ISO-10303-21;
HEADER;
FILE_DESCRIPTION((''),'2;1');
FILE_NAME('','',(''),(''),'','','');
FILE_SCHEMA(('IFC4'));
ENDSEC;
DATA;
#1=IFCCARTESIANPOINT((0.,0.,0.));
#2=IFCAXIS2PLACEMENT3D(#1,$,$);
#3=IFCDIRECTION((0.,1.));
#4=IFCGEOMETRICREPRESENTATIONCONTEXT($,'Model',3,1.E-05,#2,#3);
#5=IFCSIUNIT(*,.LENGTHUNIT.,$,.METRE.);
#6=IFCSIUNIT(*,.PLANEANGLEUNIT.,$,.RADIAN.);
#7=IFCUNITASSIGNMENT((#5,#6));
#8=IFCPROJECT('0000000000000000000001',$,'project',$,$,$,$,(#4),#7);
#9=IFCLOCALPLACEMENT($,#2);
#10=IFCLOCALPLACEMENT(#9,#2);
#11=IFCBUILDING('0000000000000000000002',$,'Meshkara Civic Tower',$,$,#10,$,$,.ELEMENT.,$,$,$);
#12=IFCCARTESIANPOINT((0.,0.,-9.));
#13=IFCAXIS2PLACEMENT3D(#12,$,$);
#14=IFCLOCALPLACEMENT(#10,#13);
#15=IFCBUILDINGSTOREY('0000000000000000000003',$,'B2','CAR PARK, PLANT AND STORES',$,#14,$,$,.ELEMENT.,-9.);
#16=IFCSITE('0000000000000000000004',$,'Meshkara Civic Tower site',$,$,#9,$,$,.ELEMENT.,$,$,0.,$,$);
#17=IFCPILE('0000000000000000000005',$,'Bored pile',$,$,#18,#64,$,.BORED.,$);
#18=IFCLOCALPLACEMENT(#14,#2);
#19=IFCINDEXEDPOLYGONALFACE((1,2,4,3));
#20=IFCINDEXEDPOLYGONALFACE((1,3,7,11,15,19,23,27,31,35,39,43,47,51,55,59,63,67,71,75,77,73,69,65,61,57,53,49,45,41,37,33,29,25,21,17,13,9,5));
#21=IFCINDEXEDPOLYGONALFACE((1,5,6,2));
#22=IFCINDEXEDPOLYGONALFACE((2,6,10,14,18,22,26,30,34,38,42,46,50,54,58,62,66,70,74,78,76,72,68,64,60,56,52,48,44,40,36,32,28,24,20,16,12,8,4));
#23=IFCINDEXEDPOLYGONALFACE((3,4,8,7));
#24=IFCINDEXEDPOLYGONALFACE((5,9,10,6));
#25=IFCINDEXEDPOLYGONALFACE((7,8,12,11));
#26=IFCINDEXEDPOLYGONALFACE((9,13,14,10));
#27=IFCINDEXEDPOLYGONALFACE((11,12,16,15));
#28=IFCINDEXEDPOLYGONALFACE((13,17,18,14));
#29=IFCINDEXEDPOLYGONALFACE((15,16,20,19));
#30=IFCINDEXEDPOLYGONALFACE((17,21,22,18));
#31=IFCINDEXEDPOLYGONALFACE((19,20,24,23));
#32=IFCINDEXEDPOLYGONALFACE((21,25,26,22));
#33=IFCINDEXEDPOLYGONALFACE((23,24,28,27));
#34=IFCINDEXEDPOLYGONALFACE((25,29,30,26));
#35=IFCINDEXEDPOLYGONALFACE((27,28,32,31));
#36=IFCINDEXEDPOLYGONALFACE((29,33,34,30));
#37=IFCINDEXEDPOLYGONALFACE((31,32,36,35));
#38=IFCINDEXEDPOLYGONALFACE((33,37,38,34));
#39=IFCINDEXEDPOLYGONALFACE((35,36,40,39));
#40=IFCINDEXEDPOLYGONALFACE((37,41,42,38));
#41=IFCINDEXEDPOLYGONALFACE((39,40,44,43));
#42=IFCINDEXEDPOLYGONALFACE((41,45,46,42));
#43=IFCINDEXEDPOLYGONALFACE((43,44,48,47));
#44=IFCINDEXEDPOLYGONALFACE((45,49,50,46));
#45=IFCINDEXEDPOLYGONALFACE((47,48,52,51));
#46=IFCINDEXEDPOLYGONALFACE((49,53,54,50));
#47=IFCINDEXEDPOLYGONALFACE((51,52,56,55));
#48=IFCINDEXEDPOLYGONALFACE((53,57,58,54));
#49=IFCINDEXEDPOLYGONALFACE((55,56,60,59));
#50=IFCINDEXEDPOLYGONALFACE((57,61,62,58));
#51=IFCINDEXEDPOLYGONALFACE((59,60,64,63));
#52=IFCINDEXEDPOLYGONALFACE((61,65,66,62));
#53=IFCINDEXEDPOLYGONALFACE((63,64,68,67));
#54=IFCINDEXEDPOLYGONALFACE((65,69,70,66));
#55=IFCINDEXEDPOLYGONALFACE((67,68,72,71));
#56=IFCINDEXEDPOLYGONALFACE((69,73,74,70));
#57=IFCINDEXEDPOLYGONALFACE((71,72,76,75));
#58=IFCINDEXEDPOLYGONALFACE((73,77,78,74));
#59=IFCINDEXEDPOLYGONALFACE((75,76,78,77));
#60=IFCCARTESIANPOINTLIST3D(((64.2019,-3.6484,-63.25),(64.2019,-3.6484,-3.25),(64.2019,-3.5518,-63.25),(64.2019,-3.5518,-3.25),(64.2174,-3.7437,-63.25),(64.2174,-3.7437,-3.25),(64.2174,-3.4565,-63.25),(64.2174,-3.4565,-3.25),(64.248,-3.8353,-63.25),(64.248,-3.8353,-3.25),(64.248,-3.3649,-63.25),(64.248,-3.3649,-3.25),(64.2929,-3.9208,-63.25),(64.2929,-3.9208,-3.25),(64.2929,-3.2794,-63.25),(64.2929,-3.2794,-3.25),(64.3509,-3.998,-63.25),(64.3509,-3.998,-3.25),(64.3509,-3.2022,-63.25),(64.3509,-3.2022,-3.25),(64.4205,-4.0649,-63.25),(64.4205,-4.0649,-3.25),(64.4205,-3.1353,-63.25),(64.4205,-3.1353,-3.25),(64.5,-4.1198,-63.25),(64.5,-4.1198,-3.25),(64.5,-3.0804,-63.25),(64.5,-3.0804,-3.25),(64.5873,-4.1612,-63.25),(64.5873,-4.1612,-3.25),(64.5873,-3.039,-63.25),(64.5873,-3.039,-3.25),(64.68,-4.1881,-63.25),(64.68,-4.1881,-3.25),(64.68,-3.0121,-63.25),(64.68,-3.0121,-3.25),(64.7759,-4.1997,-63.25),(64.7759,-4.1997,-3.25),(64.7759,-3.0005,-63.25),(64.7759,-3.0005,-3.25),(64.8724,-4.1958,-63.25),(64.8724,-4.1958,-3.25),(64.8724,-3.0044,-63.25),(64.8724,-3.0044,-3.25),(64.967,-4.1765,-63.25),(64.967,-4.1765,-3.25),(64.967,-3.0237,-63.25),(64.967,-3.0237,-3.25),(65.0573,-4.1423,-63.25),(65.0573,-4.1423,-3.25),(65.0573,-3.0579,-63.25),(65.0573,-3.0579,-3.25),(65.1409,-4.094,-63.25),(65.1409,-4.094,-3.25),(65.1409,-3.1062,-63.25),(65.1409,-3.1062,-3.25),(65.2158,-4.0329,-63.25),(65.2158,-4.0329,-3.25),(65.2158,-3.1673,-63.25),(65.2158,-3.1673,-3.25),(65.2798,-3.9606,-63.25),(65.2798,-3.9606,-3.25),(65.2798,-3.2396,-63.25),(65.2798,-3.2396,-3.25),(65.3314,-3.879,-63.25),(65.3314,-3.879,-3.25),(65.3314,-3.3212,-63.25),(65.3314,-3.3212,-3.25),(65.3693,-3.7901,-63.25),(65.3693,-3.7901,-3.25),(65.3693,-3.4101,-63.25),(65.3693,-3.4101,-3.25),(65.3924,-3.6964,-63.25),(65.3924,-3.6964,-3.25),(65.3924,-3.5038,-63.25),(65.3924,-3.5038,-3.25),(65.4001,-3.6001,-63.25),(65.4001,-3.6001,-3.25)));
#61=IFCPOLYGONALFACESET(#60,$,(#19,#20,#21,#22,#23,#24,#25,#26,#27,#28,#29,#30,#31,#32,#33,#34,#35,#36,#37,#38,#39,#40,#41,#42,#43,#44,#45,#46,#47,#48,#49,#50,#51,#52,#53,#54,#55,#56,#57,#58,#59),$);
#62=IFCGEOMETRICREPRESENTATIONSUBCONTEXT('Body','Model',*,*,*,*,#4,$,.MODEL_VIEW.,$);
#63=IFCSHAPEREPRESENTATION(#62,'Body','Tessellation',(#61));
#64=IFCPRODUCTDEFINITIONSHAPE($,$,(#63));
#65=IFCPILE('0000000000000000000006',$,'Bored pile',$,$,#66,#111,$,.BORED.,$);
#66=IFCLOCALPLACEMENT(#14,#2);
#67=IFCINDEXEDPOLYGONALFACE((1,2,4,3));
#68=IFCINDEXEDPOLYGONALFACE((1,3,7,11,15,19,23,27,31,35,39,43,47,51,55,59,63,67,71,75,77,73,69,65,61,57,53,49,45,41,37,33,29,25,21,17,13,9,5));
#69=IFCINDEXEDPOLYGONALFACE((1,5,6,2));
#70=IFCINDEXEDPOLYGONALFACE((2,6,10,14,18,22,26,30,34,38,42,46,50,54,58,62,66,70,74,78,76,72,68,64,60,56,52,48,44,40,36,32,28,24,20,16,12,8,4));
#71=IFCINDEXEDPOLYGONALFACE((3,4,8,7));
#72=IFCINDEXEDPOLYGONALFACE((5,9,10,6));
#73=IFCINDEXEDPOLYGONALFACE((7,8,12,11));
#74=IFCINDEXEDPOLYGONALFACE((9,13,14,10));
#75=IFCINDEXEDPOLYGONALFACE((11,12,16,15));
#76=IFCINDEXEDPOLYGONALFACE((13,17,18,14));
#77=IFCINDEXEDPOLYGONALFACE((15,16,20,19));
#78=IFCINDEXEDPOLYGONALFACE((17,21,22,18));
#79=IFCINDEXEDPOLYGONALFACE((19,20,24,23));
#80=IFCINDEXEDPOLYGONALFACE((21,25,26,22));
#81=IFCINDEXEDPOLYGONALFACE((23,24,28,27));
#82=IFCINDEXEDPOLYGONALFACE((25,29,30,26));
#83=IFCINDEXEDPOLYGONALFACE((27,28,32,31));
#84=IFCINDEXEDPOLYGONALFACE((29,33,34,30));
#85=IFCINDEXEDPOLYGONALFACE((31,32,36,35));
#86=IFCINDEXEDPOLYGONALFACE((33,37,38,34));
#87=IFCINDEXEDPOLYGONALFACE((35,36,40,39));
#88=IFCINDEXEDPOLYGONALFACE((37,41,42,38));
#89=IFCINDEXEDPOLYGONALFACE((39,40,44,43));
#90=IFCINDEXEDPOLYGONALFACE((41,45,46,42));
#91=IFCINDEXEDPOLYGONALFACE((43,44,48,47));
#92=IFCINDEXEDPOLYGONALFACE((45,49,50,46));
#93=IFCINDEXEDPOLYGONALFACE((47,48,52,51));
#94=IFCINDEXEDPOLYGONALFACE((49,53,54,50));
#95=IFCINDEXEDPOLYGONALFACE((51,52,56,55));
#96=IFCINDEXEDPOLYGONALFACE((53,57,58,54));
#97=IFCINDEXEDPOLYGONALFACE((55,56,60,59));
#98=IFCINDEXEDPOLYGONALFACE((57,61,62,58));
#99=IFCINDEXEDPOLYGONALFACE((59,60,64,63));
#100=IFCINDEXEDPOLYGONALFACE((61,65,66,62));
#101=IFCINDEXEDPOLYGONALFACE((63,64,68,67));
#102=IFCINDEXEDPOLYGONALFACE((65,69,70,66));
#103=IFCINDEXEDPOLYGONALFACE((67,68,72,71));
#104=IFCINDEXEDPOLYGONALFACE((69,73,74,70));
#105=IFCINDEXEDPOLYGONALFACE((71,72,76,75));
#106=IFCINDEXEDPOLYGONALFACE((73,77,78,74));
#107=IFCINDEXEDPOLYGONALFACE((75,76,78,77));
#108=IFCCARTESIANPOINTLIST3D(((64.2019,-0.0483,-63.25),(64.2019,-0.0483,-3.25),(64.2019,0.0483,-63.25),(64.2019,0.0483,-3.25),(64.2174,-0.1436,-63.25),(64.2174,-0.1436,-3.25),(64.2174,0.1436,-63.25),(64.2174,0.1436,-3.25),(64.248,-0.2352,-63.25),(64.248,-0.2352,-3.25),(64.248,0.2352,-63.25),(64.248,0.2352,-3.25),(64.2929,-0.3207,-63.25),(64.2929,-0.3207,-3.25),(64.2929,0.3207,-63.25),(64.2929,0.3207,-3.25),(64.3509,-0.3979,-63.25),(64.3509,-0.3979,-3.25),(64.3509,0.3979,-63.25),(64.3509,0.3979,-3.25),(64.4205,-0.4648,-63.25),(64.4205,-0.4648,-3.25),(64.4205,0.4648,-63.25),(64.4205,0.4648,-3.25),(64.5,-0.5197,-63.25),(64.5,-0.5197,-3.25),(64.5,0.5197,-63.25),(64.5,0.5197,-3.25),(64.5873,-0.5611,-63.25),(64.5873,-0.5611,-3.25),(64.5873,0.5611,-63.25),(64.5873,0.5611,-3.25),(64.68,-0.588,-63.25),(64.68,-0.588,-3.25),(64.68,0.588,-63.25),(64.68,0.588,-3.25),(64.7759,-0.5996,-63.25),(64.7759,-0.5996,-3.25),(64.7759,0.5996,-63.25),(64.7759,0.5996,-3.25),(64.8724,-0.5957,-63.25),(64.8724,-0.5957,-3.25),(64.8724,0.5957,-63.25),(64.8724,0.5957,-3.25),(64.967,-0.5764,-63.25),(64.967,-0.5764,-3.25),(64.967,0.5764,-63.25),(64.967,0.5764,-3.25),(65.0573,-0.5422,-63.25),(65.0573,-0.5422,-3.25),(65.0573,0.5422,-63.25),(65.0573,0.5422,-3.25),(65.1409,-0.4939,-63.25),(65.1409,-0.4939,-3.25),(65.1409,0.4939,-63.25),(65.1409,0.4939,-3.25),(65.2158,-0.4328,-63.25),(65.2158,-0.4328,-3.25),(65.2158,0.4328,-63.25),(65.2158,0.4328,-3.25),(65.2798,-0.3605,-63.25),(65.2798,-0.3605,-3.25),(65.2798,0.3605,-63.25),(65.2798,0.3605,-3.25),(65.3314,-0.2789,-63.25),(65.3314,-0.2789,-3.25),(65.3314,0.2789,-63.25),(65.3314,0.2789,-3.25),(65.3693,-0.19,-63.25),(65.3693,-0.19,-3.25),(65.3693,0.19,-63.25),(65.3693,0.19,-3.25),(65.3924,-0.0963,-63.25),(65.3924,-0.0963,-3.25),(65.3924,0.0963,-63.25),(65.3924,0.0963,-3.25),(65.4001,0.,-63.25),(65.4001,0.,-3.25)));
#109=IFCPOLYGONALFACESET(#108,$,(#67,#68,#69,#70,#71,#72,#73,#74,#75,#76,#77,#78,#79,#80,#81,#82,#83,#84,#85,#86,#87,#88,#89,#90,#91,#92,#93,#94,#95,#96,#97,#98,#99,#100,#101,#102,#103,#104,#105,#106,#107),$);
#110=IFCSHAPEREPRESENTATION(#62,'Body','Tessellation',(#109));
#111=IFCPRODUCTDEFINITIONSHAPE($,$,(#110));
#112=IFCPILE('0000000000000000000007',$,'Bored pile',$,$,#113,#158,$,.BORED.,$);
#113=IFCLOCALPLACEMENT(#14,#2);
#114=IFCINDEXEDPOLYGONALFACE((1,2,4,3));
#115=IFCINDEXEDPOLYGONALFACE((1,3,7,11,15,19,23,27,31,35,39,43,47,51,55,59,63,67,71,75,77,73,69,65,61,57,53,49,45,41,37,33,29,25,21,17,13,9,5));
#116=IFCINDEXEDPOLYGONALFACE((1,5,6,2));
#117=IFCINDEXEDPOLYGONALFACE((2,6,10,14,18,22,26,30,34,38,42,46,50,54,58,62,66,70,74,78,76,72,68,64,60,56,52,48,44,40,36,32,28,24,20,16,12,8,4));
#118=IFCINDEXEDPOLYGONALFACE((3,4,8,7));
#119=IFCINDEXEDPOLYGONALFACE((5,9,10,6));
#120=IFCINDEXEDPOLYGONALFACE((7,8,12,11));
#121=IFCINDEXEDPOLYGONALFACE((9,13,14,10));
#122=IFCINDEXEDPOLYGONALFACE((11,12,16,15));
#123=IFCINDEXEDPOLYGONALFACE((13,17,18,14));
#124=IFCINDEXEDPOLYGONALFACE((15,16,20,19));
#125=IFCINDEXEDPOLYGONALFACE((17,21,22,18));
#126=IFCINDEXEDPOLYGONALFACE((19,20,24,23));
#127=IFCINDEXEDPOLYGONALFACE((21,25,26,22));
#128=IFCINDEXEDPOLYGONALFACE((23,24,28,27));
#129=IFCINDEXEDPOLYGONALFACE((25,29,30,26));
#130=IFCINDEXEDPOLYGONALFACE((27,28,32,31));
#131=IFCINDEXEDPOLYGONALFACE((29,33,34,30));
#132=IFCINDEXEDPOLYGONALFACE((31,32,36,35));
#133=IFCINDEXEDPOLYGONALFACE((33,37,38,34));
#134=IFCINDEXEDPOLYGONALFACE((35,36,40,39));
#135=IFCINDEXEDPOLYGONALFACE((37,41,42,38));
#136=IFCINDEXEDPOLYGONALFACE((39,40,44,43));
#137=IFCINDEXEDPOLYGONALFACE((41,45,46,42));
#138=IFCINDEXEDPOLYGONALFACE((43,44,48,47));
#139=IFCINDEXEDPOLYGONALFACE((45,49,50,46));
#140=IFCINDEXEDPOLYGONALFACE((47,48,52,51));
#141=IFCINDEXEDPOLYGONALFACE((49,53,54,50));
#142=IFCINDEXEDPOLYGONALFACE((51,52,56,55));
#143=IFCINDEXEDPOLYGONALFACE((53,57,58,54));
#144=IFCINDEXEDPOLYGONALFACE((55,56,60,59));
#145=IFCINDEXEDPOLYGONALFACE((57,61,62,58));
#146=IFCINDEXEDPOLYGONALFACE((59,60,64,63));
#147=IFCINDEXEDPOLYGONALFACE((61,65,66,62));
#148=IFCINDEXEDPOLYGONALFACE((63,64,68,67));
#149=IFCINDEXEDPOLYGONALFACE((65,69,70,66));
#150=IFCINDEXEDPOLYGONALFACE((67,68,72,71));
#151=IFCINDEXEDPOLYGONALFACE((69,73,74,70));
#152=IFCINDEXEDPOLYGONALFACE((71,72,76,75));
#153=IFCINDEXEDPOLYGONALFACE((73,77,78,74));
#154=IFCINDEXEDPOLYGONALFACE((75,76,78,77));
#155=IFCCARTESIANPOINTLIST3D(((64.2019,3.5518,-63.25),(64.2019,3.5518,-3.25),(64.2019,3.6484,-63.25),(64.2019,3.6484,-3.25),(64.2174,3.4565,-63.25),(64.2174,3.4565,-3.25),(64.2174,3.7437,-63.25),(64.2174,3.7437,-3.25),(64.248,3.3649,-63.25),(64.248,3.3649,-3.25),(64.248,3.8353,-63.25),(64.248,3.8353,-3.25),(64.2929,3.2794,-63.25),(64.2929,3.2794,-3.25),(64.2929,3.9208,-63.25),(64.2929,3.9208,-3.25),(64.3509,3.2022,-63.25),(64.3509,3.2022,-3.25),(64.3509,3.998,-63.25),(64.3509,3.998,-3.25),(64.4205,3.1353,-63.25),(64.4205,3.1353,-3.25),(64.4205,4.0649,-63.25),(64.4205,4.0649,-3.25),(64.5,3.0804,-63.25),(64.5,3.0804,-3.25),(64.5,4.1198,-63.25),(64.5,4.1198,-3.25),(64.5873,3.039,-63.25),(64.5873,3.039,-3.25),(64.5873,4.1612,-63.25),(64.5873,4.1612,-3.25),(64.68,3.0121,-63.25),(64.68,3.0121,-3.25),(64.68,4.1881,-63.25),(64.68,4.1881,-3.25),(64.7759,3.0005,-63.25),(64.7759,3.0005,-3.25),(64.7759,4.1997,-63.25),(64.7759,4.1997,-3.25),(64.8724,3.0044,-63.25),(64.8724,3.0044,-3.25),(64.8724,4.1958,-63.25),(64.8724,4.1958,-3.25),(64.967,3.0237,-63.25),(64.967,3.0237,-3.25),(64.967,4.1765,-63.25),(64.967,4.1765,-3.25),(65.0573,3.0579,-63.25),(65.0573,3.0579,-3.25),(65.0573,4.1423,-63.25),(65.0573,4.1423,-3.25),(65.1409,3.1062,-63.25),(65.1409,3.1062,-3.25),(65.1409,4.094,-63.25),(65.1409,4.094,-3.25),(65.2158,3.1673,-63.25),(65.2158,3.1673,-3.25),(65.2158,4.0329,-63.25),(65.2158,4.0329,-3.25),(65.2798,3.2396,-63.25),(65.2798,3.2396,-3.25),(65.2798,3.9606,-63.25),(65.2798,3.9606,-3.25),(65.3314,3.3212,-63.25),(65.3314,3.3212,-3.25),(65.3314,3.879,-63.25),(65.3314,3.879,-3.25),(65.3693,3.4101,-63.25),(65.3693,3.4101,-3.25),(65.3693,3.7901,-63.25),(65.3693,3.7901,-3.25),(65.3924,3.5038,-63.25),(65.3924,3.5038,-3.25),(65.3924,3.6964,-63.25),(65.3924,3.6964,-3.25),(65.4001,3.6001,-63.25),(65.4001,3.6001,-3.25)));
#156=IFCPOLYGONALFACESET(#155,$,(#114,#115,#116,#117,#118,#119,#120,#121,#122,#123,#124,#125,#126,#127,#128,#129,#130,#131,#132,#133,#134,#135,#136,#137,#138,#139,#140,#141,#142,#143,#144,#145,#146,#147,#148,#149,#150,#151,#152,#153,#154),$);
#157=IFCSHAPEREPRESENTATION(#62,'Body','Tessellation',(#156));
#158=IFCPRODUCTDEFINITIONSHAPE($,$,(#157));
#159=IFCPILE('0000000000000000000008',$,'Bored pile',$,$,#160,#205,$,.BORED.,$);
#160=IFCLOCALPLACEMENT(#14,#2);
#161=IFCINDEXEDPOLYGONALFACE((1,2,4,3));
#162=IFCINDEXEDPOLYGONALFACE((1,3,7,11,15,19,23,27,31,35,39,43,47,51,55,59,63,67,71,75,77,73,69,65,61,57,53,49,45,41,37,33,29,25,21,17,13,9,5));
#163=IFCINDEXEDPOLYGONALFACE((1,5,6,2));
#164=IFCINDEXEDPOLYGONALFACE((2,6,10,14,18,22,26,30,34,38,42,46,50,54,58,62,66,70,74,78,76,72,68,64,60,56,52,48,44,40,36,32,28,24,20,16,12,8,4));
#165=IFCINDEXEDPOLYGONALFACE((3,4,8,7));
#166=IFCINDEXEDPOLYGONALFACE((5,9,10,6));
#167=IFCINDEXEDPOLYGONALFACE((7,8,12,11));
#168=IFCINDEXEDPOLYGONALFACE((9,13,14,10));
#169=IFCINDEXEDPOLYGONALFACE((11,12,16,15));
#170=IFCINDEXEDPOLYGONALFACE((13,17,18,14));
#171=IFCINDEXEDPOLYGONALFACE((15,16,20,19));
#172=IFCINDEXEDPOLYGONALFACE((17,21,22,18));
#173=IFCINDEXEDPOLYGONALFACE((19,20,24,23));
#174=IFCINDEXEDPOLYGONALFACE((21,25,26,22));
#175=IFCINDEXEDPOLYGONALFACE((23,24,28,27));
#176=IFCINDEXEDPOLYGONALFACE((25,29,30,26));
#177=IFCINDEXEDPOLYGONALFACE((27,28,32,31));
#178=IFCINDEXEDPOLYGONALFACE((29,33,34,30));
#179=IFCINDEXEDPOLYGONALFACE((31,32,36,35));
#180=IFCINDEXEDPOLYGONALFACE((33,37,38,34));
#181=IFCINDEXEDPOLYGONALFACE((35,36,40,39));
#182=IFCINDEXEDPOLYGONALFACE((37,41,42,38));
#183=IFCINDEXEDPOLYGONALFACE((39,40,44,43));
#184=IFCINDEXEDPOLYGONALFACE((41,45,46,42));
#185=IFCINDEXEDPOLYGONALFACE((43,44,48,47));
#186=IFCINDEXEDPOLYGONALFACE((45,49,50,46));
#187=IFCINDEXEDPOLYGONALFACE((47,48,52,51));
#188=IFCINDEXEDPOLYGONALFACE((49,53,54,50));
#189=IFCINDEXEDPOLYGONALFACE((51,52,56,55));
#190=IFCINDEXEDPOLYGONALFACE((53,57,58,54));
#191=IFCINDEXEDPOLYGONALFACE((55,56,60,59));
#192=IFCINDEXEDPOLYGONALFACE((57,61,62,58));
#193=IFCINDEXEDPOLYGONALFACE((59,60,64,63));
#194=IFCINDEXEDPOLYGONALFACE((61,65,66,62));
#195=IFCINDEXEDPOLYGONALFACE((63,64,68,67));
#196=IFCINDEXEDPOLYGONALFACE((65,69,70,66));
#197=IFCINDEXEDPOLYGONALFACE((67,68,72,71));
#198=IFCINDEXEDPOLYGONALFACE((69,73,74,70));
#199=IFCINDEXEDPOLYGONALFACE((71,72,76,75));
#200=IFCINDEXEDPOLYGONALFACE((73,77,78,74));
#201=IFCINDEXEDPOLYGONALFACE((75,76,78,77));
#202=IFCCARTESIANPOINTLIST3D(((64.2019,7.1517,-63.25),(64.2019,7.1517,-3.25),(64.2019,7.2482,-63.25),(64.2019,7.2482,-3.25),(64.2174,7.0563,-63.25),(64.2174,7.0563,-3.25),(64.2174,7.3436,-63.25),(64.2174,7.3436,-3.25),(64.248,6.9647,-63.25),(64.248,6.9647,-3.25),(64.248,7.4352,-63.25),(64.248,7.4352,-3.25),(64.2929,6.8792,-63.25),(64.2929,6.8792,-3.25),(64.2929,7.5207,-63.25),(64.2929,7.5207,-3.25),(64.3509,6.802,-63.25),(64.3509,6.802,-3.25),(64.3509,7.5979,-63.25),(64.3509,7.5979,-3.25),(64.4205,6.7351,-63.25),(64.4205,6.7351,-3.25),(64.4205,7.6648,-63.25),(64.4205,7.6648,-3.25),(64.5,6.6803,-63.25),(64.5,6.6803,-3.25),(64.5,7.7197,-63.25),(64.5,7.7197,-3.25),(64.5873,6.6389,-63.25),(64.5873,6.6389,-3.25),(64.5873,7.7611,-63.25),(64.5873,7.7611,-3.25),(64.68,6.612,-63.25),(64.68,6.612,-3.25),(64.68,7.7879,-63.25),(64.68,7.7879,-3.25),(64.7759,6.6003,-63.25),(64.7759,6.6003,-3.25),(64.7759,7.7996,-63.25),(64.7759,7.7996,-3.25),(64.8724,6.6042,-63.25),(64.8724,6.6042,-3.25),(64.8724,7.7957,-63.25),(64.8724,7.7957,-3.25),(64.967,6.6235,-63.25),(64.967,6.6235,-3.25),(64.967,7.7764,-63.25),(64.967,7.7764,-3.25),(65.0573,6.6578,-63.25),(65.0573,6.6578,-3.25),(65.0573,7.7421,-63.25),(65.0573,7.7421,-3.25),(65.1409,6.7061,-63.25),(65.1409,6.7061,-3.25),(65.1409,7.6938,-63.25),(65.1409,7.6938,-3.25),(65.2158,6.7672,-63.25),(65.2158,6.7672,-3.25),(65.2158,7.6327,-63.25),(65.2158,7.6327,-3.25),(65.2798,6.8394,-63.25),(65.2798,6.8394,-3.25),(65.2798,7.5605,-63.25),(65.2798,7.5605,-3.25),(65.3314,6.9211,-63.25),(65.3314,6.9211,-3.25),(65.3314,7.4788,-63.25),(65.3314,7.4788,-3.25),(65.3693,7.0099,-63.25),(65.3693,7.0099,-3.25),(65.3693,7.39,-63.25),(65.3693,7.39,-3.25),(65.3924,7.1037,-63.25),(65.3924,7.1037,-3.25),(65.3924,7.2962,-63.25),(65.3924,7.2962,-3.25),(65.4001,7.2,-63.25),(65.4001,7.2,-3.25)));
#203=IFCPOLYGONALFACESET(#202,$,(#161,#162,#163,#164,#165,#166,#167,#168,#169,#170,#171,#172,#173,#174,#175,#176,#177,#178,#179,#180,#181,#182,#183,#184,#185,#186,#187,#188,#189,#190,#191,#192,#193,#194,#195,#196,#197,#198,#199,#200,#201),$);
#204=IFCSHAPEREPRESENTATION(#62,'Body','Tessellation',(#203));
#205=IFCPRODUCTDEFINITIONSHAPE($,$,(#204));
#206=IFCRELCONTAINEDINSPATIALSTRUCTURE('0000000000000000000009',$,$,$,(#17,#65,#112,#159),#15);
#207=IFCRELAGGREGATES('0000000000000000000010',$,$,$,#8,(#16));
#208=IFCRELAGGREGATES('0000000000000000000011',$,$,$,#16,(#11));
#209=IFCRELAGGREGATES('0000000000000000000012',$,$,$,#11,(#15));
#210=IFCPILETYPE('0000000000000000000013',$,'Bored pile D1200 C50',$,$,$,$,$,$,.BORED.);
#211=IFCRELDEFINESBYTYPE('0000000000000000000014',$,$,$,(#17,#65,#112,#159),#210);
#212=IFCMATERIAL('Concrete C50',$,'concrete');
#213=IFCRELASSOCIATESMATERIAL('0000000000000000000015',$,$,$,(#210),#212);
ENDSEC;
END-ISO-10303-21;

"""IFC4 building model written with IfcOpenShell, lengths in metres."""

from ifc_helpers import new_model, si_unit, direction, frame, origin, origin_2d, place, context, subcontext, project, spatial, circle, extrude, material, material_profile, profile_set, type_object, element, save


model = new_model("IFC4")

# Units and contexts
model_context = context("Model", 3, precision=1e-05, world=origin(), true_north=direction((0.0, 1.0)))
body_context = subcontext(model_context, "Body", "Model", "MODEL_VIEW")
ifc_project = project(units=[si_unit("LENGTHUNIT", "METRE"), si_unit("PLANEANGLEUNIT", "RADIAN")], contexts=[model_context])

# Site, building, storey
site_placement = place(None, origin())
site = spatial("IfcSite", under=ifc_project, at=site_placement, Name="Meshkara Civic Tower site", CompositionType="ELEMENT", RefElevation=0.0)
building_placement = place(site_placement, origin())
building = spatial("IfcBuilding", under=site, at=building_placement, Name="Meshkara Civic Tower", CompositionType="ELEMENT")
storey_placement = place(building_placement, frame((0.0, 0.0, -9.0)))
storey = spatial("IfcBuildingStorey", under=building, at=storey_placement, Name="B2", Description="CAR PARK, PLANT AND STORES", CompositionType="ELEMENT", Elevation=-9.0)

# Piles
ifc_material_1 = material(Name="Concrete C50", Category="concrete")
ifc_material_profile_1 = material_profile(ifc_material_1, circle(Radius=0.6001, at=origin_2d()))
ifc_profile_set_1 = profile_set([ifc_material_profile_1], Name="Concrete C50")
pile_type = type_object("IfcPileType", Name="Bored pile D1200 C50", PredefinedType="BORED", material=ifc_profile_set_1)
for number, where, z_axis, x_axis, name in (
    (1, (64.8, -3.6001, -3.25), (0.0, 0.0, -1.0), (1.0, 0.0, 0.0), "Bored pile"),
    (2, (64.8, 0.0, -3.25), (0.0, 0.0, -1.0), (1.0, 0.0, 0.0), "Bored pile"),
    (3, (64.8, 3.6001, -3.25), (0.0, 0.0, -1.0), (1.0, 0.0, 0.0), "Bored pile"),
    (4, (64.8, 7.2, -3.25), (0.0, 0.0, -1.0), (1.0, 0.0, 0.0), "Bored pile"),
):
    element("IfcPile", number, at=place(storey_placement, frame(where, z_axis=z_axis, x_axis=x_axis)), inside=storey, type_object=pile_type, Name=name, PredefinedType="BORED", context=body_context, shape_type="SweptSolid", body=[
        extrude(circle(Radius=0.6001, at=origin_2d()), origin(), (0.0, 0.0, 1.0), 60.0),
    ])

save(model, "model.ifc")
